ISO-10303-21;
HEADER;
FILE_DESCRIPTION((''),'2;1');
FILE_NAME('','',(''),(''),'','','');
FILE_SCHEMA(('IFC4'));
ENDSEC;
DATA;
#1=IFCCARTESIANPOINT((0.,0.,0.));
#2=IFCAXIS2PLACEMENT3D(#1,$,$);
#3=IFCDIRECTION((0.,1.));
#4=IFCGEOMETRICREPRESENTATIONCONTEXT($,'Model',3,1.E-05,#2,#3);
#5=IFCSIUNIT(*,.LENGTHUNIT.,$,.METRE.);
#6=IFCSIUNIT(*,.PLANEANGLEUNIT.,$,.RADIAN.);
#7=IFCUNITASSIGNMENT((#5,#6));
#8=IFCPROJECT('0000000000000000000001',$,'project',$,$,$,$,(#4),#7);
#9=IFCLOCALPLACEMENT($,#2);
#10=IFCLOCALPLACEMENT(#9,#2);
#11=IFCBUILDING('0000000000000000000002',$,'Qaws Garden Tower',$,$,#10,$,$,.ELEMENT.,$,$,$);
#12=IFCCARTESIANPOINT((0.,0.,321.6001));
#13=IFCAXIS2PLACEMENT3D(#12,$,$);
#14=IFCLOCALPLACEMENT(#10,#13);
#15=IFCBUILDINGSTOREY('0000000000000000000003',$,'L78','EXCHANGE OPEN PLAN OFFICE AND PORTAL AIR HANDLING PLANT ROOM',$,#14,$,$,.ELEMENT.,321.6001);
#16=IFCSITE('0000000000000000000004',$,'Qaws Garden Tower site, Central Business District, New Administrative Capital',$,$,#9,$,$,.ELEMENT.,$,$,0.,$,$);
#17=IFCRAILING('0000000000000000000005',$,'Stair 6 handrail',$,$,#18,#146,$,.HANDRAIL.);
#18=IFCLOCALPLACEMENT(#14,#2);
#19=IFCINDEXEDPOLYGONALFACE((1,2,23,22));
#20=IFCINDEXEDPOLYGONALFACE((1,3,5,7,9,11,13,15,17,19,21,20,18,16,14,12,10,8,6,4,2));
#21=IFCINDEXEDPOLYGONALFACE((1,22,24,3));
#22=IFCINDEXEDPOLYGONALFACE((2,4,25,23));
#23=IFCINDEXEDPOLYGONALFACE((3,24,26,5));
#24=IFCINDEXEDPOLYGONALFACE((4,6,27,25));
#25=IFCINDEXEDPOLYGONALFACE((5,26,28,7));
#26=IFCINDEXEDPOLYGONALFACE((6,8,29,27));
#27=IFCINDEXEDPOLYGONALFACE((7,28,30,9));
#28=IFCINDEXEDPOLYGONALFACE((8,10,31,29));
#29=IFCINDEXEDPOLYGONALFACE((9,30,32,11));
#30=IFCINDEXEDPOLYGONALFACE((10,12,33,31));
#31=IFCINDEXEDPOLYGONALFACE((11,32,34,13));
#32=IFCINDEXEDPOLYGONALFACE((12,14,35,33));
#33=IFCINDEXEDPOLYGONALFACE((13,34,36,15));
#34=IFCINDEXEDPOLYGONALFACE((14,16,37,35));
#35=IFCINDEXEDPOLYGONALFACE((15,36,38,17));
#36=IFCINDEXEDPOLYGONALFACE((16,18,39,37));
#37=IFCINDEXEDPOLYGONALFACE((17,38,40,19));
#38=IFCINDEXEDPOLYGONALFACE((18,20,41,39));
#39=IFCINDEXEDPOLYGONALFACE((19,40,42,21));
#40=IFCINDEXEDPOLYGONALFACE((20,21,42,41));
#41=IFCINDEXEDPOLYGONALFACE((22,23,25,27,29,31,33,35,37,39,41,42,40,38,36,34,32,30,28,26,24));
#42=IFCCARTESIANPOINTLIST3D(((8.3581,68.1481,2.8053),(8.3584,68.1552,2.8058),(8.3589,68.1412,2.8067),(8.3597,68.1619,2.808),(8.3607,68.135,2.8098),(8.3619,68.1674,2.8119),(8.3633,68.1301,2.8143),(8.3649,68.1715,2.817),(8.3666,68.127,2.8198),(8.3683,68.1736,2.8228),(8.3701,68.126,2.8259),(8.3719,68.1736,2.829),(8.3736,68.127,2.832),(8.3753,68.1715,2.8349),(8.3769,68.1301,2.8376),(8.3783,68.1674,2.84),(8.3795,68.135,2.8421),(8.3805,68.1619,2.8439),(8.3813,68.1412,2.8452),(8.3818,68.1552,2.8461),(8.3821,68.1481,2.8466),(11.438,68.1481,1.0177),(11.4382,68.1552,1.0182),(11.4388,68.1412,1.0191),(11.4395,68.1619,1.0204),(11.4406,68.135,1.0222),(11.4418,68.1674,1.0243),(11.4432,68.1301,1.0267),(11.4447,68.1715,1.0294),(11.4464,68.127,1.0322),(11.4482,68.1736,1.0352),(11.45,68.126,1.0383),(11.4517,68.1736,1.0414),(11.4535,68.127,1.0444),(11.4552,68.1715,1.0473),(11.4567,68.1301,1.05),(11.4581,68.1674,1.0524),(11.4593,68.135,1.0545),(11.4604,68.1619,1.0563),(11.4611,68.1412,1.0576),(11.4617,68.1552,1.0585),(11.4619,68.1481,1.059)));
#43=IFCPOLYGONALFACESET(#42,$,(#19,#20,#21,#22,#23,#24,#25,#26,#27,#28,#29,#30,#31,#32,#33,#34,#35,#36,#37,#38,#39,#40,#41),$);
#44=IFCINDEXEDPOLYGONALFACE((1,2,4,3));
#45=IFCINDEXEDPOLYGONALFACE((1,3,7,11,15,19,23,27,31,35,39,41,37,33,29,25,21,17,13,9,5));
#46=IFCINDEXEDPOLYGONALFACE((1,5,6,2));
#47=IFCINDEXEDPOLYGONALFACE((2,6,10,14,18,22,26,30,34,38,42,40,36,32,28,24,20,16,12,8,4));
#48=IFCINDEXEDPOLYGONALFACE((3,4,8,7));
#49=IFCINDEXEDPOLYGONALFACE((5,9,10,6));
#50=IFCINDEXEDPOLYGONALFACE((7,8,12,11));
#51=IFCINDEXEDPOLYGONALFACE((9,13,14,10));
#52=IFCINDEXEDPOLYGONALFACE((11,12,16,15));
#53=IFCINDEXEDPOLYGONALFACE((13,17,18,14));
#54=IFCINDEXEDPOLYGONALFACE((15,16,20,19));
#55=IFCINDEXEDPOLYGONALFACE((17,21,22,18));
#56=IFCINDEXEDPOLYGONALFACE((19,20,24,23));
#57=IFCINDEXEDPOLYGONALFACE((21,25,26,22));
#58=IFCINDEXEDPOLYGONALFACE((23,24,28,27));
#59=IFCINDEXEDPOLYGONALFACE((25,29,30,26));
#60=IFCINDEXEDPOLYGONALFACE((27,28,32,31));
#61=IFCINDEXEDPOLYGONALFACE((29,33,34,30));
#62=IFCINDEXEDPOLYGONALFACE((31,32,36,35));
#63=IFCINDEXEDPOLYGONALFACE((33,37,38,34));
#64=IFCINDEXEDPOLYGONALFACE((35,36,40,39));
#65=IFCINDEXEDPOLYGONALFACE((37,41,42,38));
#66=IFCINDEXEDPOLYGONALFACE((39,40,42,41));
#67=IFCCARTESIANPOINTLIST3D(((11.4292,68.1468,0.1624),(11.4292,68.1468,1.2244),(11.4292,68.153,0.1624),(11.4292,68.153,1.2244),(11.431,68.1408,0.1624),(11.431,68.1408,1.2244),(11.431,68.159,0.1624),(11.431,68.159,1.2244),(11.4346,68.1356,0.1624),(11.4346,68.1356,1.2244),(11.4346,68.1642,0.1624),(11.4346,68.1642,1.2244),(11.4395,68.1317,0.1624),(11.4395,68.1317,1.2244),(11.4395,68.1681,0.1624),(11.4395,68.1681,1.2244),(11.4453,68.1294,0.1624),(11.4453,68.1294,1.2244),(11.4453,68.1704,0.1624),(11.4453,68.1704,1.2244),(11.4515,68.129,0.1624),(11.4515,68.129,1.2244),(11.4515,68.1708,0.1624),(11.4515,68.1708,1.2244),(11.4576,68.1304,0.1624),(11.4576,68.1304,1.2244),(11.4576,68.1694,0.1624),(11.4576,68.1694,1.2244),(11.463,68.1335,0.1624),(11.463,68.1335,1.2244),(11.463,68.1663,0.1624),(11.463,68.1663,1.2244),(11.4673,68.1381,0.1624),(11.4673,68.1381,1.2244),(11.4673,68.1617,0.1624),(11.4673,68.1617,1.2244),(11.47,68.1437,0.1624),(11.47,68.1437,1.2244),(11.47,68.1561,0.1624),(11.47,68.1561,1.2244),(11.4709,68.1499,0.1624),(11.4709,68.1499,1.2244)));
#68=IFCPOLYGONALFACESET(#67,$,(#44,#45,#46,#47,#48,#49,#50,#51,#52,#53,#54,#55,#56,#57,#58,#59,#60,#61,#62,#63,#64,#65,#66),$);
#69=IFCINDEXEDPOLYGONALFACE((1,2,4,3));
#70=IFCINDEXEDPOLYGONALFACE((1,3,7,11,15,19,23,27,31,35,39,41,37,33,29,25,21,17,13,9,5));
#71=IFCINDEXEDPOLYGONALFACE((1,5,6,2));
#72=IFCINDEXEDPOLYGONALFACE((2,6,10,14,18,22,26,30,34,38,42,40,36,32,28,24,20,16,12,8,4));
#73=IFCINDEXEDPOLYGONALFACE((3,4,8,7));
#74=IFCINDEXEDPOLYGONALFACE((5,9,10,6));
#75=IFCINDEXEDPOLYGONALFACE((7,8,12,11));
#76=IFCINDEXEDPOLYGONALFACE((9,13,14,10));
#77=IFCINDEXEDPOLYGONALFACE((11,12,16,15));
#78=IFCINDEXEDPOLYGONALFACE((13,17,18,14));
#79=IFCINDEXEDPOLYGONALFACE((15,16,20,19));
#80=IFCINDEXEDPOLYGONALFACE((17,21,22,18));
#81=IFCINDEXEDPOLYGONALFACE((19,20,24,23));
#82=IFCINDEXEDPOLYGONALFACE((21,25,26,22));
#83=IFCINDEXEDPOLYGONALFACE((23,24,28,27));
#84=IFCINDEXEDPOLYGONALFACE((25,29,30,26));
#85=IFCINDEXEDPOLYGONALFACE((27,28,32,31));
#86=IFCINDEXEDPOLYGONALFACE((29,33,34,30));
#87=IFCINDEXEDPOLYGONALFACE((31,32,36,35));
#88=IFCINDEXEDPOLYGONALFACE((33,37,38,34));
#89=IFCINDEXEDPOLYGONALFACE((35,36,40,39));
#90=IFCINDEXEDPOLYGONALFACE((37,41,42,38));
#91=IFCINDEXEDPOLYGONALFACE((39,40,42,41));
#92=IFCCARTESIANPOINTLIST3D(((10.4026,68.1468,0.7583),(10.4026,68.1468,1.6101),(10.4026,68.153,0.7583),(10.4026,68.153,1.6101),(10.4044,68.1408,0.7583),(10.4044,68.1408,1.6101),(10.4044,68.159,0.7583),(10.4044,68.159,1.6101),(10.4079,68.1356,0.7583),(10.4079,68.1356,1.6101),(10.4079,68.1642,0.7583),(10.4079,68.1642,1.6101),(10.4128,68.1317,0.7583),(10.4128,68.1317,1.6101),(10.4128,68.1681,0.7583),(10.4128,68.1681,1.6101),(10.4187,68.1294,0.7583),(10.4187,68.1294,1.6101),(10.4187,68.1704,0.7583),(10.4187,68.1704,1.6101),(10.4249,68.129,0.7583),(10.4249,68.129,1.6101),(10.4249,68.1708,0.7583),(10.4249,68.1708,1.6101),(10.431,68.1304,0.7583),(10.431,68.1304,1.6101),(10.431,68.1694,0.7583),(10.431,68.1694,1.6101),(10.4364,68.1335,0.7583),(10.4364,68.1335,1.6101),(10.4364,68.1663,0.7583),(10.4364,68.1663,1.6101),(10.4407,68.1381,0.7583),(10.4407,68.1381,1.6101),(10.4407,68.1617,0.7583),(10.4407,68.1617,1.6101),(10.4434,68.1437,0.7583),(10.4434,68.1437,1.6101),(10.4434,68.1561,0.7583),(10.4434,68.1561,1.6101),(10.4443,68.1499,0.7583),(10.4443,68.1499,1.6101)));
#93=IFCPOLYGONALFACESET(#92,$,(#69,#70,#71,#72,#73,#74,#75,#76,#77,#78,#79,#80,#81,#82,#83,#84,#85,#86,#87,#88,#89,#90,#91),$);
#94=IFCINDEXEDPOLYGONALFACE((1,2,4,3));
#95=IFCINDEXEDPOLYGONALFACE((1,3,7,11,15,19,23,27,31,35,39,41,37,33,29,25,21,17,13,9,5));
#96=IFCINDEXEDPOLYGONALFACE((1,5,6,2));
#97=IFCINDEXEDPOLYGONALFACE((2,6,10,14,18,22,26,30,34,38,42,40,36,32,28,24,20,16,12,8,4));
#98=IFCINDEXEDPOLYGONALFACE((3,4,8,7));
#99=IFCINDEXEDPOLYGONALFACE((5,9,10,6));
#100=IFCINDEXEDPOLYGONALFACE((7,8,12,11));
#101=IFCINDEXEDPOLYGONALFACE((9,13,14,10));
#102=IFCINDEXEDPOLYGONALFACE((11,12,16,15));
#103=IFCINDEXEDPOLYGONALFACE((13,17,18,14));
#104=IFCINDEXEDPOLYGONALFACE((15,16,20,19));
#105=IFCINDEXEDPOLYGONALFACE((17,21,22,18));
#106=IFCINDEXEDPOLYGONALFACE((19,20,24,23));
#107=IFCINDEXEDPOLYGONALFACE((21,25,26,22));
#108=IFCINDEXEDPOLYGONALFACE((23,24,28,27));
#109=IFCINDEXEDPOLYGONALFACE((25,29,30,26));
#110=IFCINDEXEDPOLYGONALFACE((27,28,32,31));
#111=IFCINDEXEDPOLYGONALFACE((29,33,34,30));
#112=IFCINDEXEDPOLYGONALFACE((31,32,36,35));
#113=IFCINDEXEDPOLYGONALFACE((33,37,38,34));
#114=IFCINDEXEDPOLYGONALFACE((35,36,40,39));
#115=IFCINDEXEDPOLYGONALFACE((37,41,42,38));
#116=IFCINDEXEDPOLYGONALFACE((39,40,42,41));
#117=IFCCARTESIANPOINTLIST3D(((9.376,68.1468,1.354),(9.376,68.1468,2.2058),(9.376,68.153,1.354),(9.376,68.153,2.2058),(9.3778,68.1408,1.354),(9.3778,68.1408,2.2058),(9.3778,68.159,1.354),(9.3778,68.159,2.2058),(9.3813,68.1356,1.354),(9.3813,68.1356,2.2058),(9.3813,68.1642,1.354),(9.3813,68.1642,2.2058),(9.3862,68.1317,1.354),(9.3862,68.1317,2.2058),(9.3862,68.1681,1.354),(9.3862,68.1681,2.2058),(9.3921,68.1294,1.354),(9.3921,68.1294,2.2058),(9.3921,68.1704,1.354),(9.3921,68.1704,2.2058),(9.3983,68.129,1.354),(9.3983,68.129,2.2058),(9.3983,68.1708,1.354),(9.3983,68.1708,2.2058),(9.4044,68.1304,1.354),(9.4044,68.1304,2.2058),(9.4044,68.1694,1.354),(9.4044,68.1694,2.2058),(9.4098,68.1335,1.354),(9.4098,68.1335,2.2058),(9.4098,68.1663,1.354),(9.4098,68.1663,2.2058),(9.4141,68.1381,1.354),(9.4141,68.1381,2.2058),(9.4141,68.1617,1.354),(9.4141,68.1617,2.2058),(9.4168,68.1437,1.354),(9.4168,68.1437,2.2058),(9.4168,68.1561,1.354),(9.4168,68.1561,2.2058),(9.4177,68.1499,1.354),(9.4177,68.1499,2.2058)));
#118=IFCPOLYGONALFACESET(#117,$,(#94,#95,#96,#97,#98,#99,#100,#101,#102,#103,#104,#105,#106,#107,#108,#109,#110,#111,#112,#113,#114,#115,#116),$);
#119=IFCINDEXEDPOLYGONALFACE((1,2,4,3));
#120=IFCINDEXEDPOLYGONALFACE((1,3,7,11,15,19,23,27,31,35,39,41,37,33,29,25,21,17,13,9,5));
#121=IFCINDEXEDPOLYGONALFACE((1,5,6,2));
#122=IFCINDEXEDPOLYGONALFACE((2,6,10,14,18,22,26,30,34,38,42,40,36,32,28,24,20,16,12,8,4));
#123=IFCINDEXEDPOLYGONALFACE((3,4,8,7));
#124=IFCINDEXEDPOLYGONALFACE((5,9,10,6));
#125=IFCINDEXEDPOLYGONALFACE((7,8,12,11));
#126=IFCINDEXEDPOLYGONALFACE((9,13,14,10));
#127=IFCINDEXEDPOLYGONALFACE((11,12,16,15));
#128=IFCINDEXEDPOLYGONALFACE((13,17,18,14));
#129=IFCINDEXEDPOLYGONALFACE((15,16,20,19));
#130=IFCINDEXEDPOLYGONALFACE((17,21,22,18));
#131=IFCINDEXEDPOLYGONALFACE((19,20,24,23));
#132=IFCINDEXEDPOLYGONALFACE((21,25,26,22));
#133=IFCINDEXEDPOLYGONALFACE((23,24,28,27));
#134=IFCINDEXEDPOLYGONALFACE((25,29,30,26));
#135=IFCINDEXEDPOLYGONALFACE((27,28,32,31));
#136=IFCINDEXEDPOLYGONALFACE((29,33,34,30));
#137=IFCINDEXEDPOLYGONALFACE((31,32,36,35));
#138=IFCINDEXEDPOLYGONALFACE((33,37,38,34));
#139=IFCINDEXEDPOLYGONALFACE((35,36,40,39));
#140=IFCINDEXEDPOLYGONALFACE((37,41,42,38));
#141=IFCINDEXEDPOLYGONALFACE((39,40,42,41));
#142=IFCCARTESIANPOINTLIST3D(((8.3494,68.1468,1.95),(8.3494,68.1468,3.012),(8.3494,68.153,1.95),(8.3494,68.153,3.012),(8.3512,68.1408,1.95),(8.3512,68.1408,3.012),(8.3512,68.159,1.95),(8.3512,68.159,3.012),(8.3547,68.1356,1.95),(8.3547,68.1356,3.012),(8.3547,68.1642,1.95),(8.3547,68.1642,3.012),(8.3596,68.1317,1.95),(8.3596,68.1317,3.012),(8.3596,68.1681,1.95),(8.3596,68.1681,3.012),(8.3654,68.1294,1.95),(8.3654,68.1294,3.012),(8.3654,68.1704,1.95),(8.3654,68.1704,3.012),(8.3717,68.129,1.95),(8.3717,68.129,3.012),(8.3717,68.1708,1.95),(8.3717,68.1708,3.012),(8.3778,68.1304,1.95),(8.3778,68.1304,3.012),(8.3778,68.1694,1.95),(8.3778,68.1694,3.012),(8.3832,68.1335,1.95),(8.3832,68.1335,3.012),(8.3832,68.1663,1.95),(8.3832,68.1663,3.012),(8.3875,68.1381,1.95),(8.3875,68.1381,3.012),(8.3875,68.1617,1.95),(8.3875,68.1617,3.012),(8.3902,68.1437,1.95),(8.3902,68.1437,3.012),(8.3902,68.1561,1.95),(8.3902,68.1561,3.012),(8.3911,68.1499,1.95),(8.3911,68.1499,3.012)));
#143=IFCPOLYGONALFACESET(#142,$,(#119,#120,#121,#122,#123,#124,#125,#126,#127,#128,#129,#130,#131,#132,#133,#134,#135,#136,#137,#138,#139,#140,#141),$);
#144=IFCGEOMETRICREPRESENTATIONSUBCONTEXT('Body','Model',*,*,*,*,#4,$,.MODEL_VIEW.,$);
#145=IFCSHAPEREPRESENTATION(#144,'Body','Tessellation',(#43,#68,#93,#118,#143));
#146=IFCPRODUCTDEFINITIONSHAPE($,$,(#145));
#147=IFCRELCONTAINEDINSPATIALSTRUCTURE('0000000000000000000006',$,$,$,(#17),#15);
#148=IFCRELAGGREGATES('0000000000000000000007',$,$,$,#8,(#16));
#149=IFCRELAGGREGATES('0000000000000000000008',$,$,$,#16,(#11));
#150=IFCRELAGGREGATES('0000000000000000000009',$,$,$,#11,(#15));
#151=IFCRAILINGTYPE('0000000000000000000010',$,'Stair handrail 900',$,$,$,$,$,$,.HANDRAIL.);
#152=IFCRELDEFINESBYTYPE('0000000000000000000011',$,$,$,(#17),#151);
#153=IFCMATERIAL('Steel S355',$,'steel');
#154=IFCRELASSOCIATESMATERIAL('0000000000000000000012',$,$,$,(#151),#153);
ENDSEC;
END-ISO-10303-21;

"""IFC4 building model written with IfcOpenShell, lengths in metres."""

from ifc_helpers import new_model, si_unit, direction, frame, origin, origin_2d, place, context, subcontext, project, spatial, circle, extrude, material, type_object, element, save


model = new_model("IFC4")

# Units and contexts
model_context = context("Model", 3, precision=1e-05, world=origin(), true_north=direction((0.0, 1.0)))
body_context = subcontext(model_context, "Body", "Model", "MODEL_VIEW")
ifc_project = project(units=[si_unit("LENGTHUNIT", "METRE"), si_unit("PLANEANGLEUNIT", "RADIAN")], contexts=[model_context])

# Site, building, storey
site_placement = place(None, origin())
site = spatial("IfcSite", under=ifc_project, at=site_placement, Name="Qaws Garden Tower site, Central Business District, New Administrative Capital", CompositionType="ELEMENT", RefElevation=0.0)
building_placement = place(site_placement, origin())
building = spatial("IfcBuilding", under=site, at=building_placement, Name="Qaws Garden Tower", CompositionType="ELEMENT")
storey_placement = place(building_placement, frame((0.0, 0.0, 321.6001)))
storey = spatial("IfcBuildingStorey", under=building, at=storey_placement, Name="L78", Description="EXCHANGE OPEN PLAN OFFICE AND PORTAL AIR HANDLING PLANT ROOM", CompositionType="ELEMENT", Elevation=321.6001)

# Railing
ifc_material_1 = material(Name="Steel S355", Category="steel")
railing_type = type_object("IfcRailingType", Name="Stair handrail 900", PredefinedType="HANDRAIL", material=ifc_material_1)
railing_1_placement = place(storey_placement, frame((11.45, 68.1499, 0.1624)))
element("IfcRailing", 1, at=railing_1_placement, inside=storey, type_object=railing_type, Name="Stair 6 handrail", PredefinedType="HANDRAIL", context=body_context, shape_type="SweptSolid", body=[
    extrude(circle(Radius=0.0239, at=origin_2d()), frame((0.0, 0.0, 0.876), z_axis=(-0.864873, 0.0, 0.50199), x_axis=(0.0, -1.0, 0.0)), (0.0, 0.0, 1.0), 3.561),
    extrude(circle(Radius=0.021, at=origin_2d()), origin(), (0.0, 0.0, 1.0), 1.062),
    extrude(circle(Radius=0.021, at=origin_2d()), frame((-1.0266, 0.0, 0.5959)), (0.0, 0.0, 1.0), 0.8518),
    extrude(circle(Radius=0.021, at=origin_2d()), frame((-2.0532, 0.0, 1.1917)), (0.0, 0.0, 1.0), 0.8518),
    extrude(circle(Radius=0.021, at=origin_2d()), frame((-3.0798, 0.0, 1.7876)), (0.0, 0.0, 1.0), 1.062),
])

save(model, "model.ifc")
